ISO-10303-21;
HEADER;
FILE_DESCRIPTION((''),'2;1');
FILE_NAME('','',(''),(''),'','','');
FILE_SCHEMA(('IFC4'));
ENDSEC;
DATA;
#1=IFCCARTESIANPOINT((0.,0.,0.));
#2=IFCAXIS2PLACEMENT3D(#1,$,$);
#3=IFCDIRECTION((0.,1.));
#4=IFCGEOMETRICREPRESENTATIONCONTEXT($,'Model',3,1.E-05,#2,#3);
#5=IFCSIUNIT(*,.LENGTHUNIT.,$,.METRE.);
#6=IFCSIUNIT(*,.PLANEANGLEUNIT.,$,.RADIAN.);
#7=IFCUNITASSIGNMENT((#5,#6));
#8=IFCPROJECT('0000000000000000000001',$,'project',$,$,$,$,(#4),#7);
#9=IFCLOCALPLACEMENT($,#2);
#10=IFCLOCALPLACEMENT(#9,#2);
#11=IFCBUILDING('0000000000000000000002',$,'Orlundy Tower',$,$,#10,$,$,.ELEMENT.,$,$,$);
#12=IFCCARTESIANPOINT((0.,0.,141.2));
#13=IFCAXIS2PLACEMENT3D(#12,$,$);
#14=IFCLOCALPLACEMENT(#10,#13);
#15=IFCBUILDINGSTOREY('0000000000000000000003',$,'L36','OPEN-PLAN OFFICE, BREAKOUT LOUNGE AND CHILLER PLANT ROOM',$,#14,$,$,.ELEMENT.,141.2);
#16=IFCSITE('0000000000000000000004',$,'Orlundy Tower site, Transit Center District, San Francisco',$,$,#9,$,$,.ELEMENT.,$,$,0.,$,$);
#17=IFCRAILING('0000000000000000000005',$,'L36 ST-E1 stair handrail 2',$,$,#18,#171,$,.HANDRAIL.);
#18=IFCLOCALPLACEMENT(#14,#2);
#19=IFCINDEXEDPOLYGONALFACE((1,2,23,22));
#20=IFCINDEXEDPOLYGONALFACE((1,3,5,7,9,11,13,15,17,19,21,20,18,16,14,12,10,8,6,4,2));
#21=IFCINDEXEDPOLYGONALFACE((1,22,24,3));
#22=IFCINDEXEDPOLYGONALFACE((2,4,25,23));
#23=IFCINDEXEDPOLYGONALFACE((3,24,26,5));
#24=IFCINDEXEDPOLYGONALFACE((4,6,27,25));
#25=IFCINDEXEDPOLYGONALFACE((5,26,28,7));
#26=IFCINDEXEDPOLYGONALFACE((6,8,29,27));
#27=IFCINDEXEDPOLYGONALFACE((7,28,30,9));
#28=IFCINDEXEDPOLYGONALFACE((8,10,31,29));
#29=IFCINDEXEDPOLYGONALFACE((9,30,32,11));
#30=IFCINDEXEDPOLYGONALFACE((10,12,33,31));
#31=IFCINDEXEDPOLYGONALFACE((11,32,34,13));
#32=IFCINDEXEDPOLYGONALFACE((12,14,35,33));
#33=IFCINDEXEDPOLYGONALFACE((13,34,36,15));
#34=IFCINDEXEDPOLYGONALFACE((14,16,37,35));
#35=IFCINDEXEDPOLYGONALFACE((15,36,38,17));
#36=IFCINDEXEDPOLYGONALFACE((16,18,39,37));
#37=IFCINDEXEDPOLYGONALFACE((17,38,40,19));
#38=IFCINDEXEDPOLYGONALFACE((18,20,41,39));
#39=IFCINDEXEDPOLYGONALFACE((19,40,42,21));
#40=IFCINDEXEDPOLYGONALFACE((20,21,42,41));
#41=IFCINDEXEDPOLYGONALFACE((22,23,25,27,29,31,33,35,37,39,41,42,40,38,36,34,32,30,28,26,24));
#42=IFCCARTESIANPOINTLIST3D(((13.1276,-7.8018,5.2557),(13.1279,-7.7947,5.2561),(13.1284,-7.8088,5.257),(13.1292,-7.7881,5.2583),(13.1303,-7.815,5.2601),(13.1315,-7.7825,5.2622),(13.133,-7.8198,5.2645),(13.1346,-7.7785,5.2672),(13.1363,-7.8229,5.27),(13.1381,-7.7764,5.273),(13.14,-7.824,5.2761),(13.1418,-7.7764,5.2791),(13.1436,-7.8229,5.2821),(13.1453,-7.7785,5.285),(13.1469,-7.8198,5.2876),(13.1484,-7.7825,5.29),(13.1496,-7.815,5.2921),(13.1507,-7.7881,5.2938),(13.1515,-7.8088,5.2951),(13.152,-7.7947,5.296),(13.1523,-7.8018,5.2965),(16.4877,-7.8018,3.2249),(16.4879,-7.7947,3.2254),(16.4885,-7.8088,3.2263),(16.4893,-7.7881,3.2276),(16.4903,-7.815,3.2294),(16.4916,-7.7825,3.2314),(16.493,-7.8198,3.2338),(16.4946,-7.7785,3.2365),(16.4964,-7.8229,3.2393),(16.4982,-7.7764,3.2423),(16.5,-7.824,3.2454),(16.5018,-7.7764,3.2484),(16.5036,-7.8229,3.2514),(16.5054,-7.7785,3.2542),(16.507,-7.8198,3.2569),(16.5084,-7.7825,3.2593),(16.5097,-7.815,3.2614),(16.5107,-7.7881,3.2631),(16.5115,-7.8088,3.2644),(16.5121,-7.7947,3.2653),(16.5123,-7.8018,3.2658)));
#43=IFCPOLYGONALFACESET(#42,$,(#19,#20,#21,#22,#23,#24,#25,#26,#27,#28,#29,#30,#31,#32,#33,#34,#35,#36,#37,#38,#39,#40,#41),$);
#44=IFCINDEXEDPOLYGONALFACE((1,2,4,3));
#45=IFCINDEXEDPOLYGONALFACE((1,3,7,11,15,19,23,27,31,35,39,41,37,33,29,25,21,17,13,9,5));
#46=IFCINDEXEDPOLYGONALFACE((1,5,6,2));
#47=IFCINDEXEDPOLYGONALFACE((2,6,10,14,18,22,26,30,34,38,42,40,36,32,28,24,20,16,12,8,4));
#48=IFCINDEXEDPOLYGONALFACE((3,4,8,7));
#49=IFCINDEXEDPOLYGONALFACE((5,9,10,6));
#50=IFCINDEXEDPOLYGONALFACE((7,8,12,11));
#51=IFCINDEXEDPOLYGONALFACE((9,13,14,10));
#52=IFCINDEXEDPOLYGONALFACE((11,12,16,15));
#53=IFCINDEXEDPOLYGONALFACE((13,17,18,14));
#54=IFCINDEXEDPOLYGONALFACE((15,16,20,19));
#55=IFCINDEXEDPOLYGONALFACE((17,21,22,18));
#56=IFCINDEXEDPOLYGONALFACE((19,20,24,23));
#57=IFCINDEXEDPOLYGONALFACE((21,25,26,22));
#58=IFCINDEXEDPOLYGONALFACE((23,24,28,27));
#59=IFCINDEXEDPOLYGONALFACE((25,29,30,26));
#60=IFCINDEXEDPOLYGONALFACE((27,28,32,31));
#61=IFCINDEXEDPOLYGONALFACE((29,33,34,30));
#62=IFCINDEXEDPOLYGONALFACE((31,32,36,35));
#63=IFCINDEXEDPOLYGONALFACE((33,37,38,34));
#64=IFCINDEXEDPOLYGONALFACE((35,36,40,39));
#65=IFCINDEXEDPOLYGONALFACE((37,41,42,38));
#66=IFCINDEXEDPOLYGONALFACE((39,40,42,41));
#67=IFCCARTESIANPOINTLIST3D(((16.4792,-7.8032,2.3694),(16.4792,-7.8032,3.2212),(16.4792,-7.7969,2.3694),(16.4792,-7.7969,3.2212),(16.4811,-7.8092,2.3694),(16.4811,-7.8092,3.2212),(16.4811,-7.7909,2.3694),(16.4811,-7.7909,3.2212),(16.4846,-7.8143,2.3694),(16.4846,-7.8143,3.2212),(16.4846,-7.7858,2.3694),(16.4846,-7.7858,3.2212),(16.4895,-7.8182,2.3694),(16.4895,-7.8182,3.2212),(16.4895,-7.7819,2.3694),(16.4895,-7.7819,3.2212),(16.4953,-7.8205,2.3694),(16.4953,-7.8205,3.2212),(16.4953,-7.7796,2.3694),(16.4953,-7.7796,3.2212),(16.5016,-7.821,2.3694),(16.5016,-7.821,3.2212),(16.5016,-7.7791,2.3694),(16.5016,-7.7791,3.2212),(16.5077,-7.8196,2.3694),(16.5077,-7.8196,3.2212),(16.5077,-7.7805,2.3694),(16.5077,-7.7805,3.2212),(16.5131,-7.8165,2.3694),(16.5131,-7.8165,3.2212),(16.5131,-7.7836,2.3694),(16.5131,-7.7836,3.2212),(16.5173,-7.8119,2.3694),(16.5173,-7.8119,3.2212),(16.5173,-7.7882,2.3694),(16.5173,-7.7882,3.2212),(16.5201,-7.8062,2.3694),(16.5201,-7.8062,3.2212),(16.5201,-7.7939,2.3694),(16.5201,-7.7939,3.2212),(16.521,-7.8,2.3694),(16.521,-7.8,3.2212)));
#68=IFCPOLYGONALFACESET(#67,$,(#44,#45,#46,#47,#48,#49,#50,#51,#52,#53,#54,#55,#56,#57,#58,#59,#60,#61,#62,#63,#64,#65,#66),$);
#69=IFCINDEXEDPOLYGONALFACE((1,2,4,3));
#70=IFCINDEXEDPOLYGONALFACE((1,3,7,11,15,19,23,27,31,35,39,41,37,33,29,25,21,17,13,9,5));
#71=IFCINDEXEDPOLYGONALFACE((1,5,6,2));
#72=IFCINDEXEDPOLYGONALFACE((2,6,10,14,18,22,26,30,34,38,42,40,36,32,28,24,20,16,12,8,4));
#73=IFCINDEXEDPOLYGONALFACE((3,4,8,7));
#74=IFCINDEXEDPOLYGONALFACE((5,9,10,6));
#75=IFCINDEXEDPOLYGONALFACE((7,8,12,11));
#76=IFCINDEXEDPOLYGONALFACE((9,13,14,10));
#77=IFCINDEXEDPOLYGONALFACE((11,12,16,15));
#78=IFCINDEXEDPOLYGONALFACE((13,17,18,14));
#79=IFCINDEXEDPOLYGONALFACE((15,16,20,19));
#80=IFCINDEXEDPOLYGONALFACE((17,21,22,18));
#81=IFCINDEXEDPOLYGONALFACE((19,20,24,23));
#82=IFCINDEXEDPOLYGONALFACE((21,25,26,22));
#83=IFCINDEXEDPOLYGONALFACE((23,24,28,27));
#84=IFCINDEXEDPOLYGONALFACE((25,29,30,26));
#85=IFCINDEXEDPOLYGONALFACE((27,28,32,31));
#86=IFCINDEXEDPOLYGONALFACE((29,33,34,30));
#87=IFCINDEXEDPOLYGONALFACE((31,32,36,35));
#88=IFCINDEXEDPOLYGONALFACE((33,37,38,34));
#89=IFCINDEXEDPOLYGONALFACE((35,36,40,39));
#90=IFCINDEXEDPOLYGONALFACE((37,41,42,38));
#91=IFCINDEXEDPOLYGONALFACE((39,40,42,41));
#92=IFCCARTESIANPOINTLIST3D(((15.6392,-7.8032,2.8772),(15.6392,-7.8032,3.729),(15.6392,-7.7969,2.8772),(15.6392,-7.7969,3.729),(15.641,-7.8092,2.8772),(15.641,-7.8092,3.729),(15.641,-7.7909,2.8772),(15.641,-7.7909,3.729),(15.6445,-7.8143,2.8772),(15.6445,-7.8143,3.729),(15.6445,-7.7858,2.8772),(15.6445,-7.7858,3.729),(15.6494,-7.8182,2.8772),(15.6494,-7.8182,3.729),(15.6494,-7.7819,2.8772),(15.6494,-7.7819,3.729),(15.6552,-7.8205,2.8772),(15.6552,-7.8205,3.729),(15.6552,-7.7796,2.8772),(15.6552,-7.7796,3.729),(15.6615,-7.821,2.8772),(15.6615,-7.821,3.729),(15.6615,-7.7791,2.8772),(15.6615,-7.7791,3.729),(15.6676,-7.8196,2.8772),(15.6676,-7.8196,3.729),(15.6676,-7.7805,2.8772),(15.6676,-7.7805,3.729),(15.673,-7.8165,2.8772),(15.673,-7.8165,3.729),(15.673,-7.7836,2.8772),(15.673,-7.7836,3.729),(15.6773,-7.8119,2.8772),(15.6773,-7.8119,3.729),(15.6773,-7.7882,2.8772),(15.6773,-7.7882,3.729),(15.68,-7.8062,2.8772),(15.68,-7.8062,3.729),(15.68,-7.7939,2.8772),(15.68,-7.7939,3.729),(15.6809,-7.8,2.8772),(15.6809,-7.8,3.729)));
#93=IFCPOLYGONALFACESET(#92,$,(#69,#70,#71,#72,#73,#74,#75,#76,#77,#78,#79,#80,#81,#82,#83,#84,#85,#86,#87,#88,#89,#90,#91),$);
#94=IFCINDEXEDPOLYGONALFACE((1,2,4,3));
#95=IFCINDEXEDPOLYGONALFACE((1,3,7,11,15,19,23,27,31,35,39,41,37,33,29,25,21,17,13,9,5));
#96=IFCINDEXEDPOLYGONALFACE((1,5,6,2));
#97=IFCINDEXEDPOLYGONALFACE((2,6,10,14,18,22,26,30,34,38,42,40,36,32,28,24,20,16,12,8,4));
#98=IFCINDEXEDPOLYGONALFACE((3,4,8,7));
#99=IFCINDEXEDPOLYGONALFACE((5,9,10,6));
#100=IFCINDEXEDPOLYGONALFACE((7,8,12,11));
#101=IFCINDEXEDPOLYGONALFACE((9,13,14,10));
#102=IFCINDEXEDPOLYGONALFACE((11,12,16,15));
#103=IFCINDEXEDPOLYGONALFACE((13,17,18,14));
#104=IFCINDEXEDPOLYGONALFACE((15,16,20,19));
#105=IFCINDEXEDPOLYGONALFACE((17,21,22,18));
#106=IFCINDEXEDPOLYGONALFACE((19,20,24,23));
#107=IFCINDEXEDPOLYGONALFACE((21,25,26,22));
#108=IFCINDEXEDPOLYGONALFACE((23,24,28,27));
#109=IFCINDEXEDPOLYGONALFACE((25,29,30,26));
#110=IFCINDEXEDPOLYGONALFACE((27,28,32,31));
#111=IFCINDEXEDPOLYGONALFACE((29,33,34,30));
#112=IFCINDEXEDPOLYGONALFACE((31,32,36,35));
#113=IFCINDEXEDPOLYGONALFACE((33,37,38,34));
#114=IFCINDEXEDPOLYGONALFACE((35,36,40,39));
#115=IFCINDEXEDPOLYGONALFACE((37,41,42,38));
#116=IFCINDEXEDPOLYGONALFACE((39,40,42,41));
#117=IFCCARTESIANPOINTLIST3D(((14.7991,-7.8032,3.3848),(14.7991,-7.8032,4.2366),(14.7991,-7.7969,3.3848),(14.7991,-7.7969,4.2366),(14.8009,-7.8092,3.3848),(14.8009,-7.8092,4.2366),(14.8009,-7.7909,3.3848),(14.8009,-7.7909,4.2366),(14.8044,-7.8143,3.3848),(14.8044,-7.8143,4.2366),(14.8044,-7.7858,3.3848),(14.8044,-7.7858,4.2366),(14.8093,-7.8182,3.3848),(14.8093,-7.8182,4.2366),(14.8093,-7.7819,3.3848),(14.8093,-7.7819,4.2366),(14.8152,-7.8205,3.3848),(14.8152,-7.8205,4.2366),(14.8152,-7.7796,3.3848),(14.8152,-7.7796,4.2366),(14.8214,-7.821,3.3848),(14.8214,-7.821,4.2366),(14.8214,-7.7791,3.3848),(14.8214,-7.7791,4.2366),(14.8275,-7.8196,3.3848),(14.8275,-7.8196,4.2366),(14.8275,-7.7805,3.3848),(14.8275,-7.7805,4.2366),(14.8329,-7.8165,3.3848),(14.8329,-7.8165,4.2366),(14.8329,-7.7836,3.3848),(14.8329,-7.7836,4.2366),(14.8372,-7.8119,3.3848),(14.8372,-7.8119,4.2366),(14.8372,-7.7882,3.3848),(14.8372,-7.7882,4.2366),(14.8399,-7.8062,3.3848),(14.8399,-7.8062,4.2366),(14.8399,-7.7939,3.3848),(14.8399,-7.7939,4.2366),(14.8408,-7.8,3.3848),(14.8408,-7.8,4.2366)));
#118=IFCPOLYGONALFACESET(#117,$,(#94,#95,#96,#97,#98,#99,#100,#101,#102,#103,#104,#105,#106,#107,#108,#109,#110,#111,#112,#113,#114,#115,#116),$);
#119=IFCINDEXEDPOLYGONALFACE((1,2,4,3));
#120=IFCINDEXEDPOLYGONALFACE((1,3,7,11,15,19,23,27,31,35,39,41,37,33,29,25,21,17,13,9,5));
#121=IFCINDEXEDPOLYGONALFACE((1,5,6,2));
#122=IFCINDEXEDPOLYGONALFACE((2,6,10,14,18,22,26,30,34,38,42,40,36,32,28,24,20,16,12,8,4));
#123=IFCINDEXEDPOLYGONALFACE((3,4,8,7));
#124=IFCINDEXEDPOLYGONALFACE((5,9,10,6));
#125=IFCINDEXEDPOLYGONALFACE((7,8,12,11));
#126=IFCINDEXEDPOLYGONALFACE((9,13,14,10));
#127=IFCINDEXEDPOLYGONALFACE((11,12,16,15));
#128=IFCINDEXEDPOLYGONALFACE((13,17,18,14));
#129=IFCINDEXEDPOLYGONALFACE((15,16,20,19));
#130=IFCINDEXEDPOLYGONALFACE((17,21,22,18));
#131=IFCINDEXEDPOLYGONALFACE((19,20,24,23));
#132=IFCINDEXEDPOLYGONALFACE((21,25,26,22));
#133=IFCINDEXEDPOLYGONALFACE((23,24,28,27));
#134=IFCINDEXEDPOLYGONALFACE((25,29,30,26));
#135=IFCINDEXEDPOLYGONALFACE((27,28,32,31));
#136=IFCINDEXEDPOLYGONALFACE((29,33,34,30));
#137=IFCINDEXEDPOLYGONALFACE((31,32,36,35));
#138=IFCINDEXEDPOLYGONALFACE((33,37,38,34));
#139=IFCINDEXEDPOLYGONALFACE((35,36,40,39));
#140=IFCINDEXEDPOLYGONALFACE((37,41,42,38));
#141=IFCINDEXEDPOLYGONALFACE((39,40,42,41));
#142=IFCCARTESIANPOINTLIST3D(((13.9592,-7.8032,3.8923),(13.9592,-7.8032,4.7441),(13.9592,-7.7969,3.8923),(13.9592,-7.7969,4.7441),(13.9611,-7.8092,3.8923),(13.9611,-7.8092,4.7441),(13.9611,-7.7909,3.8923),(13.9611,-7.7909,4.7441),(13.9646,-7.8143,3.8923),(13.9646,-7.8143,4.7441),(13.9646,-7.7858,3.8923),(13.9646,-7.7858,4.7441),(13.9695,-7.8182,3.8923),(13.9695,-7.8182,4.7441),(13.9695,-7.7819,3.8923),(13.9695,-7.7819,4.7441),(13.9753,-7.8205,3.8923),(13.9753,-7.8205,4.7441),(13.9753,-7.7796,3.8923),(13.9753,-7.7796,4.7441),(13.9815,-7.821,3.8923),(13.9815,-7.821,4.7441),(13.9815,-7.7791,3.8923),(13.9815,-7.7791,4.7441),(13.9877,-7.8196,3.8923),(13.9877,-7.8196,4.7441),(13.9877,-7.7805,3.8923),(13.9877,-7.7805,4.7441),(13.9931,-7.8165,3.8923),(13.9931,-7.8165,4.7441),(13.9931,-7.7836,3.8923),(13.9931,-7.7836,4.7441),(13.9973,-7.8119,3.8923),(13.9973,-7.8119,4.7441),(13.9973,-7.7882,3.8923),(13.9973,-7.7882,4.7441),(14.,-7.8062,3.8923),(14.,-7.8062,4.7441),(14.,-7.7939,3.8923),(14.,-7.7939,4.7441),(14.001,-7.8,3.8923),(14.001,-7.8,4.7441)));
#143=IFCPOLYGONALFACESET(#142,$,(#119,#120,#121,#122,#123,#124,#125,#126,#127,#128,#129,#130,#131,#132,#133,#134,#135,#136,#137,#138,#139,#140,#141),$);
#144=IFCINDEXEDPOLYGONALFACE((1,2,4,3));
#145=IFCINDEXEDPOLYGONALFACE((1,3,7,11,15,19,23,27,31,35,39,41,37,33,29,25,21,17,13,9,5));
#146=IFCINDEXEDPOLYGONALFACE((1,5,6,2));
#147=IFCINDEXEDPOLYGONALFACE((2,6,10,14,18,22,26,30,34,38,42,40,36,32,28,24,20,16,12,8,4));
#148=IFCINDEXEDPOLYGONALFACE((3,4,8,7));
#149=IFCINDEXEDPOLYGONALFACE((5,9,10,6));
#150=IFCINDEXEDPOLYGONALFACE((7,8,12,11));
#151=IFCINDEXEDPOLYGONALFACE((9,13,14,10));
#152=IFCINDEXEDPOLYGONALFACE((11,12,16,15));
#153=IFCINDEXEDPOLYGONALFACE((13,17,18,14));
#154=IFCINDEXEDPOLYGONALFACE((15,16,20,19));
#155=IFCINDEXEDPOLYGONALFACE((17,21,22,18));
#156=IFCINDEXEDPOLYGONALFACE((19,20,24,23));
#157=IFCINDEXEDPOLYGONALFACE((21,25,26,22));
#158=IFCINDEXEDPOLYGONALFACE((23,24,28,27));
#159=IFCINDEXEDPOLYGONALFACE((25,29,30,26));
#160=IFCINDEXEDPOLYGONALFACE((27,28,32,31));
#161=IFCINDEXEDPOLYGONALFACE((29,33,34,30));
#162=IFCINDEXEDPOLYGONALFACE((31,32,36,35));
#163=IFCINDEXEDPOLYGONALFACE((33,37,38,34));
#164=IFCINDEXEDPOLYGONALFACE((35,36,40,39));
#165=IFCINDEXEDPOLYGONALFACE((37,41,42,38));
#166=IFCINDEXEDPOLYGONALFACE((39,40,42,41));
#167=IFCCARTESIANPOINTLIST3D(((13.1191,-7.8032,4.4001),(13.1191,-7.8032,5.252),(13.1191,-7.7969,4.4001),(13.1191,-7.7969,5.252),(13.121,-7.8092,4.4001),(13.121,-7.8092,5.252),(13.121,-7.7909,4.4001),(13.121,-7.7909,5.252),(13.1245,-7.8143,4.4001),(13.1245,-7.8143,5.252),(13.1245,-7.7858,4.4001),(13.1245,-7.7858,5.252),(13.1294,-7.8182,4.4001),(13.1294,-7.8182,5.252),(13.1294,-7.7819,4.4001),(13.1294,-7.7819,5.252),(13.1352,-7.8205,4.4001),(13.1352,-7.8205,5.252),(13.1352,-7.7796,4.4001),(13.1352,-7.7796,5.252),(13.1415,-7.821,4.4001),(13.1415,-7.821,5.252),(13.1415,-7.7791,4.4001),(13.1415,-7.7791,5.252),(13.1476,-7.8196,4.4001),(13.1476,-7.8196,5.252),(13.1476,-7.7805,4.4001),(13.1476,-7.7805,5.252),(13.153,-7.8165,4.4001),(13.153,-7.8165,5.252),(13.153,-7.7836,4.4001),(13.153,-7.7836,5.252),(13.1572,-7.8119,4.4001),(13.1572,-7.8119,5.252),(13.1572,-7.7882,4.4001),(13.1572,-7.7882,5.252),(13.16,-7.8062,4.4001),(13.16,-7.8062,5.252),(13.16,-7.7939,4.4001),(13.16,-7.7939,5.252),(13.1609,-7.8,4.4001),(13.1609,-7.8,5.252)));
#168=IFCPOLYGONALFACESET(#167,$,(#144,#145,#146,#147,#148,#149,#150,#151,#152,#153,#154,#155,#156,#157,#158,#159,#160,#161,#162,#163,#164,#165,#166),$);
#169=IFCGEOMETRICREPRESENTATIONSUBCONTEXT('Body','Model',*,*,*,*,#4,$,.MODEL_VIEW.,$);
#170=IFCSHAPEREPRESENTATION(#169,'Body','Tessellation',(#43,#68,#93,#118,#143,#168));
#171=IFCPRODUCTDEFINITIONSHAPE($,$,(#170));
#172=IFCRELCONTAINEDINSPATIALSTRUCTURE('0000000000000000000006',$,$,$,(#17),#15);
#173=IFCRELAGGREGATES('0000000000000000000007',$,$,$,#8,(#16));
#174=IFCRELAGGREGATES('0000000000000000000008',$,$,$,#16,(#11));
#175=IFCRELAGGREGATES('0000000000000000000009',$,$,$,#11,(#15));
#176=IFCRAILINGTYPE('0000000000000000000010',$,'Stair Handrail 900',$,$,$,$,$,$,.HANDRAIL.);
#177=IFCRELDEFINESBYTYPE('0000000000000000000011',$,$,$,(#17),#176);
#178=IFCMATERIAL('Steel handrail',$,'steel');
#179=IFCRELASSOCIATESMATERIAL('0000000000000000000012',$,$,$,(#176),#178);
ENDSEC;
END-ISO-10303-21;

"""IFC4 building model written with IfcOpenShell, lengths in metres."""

from ifc_helpers import new_model, si_unit, direction, frame, origin, origin_2d, place, context, subcontext, project, spatial, circle, extrude, material, type_object, element, save


model = new_model("IFC4")

# Units and contexts
model_context = context("Model", 3, precision=1e-05, world=origin(), true_north=direction((0.0, 1.0)))
body_context = subcontext(model_context, "Body", "Model", "MODEL_VIEW")
ifc_project = project(units=[si_unit("LENGTHUNIT", "METRE"), si_unit("PLANEANGLEUNIT", "RADIAN")], contexts=[model_context])

# Site, building, storey
site_placement = place(None, origin())
site = spatial("IfcSite", under=ifc_project, at=site_placement, Name="Orlundy Tower site, Transit Center District, San Francisco", CompositionType="ELEMENT", RefElevation=0.0)
building_placement = place(site_placement, origin())
building = spatial("IfcBuilding", under=site, at=building_placement, Name="Orlundy Tower", CompositionType="ELEMENT")
storey_placement = place(building_placement, frame((0.0, 0.0, 141.2)))
storey = spatial("IfcBuildingStorey", under=building, at=storey_placement, Name="L36", Description="OPEN-PLAN OFFICE, BREAKOUT LOUNGE AND CHILLER PLANT ROOM", CompositionType="ELEMENT", Elevation=141.2)

# Railing
ifc_material_1 = material(Name="Steel handrail", Category="steel")
railing_type = type_object("IfcRailingType", Name="Stair Handrail 900", PredefinedType="HANDRAIL", material=ifc_material_1)
railing_1_placement = place(storey_placement, frame((16.5, -7.8, 2.3694)))
element("IfcRailing", 1, at=railing_1_placement, inside=storey, type_object=railing_type, Name="L36 ST-E1 stair handrail 2", PredefinedType="HANDRAIL", context=body_context, shape_type="SweptSolid", body=[
    extrude(circle(Radius=0.0239, at=origin_2d()), frame((0.0, 0.0, 0.876), z_axis=(-0.855837, 0.0, 0.517246), x_axis=(0.0, -1.0, 0.0)), (0.0, 0.0, 1.0), 3.926),
    extrude(circle(Radius=0.021, at=origin_2d()), origin(), (0.0, 0.0, 1.0), 0.8518),
    extrude(circle(Radius=0.021, at=origin_2d()), frame((-0.8401, 0.0, 0.5078)), (0.0, 0.0, 1.0), 0.8518),
    extrude(circle(Radius=0.021, at=origin_2d()), frame((-1.6802, 0.0, 1.0154)), (0.0, 0.0, 1.0), 0.8518),
    extrude(circle(Radius=0.021, at=origin_2d()), frame((-2.52, 0.0, 1.5229)), (0.0, 0.0, 1.0), 0.8518),
    extrude(circle(Radius=0.021, at=origin_2d()), frame((-3.3601, 0.0, 2.0308)), (0.0, 0.0, 1.0), 0.8518),
])

save(model, "model.ifc")
